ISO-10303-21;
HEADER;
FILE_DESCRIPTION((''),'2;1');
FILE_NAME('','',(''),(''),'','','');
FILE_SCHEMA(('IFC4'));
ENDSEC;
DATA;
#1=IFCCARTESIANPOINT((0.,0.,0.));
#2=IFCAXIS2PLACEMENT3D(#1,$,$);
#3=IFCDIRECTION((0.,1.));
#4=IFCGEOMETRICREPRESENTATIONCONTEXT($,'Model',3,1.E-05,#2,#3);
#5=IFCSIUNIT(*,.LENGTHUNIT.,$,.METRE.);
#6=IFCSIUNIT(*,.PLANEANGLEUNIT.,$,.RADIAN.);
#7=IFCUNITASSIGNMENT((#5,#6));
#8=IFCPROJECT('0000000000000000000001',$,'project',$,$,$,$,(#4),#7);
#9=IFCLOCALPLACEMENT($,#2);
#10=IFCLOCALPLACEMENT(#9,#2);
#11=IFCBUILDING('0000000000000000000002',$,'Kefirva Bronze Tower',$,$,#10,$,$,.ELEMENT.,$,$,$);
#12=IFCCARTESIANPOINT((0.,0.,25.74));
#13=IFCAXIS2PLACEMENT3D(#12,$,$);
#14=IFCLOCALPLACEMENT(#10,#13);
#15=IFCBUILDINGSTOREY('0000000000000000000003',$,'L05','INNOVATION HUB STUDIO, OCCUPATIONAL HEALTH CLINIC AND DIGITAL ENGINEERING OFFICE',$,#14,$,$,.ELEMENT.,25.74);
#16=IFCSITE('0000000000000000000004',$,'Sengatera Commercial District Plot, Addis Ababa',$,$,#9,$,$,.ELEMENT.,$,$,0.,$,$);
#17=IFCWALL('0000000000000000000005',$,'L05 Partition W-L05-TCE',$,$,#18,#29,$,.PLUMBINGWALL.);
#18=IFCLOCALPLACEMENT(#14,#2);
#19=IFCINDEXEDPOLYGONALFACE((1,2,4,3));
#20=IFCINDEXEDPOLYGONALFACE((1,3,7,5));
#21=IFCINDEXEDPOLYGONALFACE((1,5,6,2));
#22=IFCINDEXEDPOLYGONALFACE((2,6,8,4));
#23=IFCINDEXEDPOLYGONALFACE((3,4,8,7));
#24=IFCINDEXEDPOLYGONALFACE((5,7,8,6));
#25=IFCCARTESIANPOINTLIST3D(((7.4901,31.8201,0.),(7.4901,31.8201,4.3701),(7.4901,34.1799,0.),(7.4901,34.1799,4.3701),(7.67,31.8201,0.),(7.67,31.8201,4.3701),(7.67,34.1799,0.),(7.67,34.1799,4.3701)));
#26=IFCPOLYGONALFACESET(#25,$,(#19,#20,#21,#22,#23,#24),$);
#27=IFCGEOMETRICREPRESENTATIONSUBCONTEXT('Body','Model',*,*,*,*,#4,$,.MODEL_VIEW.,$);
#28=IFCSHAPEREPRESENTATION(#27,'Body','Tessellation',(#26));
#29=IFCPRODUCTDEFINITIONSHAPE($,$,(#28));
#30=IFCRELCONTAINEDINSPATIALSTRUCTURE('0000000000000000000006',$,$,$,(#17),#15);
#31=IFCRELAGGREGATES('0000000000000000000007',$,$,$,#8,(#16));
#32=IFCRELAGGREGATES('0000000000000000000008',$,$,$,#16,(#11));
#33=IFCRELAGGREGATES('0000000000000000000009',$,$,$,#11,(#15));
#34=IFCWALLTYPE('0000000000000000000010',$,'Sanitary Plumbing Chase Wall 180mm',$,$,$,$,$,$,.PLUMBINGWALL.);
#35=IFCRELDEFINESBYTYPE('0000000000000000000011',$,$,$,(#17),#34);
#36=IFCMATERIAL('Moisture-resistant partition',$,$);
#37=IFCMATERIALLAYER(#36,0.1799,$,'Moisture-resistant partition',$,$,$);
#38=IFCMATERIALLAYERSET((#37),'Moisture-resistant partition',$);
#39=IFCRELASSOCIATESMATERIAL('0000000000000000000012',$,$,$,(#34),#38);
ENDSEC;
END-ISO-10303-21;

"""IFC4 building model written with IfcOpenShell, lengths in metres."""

from ifc_helpers import new_model, si_unit, direction, frame, frame_2d, origin, place, context, subcontext, project, spatial, rectangle, extrude, material, layer, layer_set, type_object, element, save


model = new_model("IFC4")

# Units and contexts
model_context = context("Model", 3, precision=1e-05, world=origin(), true_north=direction((0.0, 1.0)))
body_context = subcontext(model_context, "Body", "Model", "MODEL_VIEW")
ifc_project = project(units=[si_unit("LENGTHUNIT", "METRE"), si_unit("PLANEANGLEUNIT", "RADIAN")], contexts=[model_context])

# Site, building, storey
site_placement = place(None, origin())
site = spatial("IfcSite", under=ifc_project, at=site_placement, Name="Sengatera Commercial District Plot, Addis Ababa", CompositionType="ELEMENT", RefElevation=0.0)
building_placement = place(site_placement, origin())
building = spatial("IfcBuilding", under=site, at=building_placement, Name="Kefirva Bronze Tower", CompositionType="ELEMENT")
storey_placement = place(building_placement, frame((0.0, 0.0, 25.74)))
storey = spatial("IfcBuildingStorey", under=building, at=storey_placement, Name="L05", Description="INNOVATION HUB STUDIO, OCCUPATIONAL HEALTH CLINIC AND DIGITAL ENGINEERING OFFICE", CompositionType="ELEMENT", Elevation=25.74)

# Shared definitions
ifc_material_1 = material(Name="Moisture-resistant partition")
ifc_layer_1 = layer(ifc_material_1, 0.1799, Name="Moisture-resistant partition")
ifc_layer_set_1 = layer_set([ifc_layer_1], Name="Moisture-resistant partition")
wall_type_1 = type_object("IfcWallType", Name="Sanitary Plumbing Chase Wall 180mm", PredefinedType="PLUMBINGWALL", material=ifc_layer_set_1)

# Wall
wall_1_placement = place(storey_placement, frame((7.5801, 31.8201, 0.0), z_axis=(0.0, 0.0, 1.0), x_axis=(0.0, 1.0, 0.0)))
element("IfcWall", 1, at=wall_1_placement, inside=storey, type_object=wall_type_1, Name="L05 Partition W-L05-TCE", PredefinedType="PLUMBINGWALL", context=body_context, shape_type="SweptSolid", body=[
    extrude(rectangle(XDim=2.3599, YDim=0.1799, at=frame_2d((1.1799, 0.0))), origin(), (0.0, 0.0, 1.0), 4.3701),
])

save(model, "model.ifc")
